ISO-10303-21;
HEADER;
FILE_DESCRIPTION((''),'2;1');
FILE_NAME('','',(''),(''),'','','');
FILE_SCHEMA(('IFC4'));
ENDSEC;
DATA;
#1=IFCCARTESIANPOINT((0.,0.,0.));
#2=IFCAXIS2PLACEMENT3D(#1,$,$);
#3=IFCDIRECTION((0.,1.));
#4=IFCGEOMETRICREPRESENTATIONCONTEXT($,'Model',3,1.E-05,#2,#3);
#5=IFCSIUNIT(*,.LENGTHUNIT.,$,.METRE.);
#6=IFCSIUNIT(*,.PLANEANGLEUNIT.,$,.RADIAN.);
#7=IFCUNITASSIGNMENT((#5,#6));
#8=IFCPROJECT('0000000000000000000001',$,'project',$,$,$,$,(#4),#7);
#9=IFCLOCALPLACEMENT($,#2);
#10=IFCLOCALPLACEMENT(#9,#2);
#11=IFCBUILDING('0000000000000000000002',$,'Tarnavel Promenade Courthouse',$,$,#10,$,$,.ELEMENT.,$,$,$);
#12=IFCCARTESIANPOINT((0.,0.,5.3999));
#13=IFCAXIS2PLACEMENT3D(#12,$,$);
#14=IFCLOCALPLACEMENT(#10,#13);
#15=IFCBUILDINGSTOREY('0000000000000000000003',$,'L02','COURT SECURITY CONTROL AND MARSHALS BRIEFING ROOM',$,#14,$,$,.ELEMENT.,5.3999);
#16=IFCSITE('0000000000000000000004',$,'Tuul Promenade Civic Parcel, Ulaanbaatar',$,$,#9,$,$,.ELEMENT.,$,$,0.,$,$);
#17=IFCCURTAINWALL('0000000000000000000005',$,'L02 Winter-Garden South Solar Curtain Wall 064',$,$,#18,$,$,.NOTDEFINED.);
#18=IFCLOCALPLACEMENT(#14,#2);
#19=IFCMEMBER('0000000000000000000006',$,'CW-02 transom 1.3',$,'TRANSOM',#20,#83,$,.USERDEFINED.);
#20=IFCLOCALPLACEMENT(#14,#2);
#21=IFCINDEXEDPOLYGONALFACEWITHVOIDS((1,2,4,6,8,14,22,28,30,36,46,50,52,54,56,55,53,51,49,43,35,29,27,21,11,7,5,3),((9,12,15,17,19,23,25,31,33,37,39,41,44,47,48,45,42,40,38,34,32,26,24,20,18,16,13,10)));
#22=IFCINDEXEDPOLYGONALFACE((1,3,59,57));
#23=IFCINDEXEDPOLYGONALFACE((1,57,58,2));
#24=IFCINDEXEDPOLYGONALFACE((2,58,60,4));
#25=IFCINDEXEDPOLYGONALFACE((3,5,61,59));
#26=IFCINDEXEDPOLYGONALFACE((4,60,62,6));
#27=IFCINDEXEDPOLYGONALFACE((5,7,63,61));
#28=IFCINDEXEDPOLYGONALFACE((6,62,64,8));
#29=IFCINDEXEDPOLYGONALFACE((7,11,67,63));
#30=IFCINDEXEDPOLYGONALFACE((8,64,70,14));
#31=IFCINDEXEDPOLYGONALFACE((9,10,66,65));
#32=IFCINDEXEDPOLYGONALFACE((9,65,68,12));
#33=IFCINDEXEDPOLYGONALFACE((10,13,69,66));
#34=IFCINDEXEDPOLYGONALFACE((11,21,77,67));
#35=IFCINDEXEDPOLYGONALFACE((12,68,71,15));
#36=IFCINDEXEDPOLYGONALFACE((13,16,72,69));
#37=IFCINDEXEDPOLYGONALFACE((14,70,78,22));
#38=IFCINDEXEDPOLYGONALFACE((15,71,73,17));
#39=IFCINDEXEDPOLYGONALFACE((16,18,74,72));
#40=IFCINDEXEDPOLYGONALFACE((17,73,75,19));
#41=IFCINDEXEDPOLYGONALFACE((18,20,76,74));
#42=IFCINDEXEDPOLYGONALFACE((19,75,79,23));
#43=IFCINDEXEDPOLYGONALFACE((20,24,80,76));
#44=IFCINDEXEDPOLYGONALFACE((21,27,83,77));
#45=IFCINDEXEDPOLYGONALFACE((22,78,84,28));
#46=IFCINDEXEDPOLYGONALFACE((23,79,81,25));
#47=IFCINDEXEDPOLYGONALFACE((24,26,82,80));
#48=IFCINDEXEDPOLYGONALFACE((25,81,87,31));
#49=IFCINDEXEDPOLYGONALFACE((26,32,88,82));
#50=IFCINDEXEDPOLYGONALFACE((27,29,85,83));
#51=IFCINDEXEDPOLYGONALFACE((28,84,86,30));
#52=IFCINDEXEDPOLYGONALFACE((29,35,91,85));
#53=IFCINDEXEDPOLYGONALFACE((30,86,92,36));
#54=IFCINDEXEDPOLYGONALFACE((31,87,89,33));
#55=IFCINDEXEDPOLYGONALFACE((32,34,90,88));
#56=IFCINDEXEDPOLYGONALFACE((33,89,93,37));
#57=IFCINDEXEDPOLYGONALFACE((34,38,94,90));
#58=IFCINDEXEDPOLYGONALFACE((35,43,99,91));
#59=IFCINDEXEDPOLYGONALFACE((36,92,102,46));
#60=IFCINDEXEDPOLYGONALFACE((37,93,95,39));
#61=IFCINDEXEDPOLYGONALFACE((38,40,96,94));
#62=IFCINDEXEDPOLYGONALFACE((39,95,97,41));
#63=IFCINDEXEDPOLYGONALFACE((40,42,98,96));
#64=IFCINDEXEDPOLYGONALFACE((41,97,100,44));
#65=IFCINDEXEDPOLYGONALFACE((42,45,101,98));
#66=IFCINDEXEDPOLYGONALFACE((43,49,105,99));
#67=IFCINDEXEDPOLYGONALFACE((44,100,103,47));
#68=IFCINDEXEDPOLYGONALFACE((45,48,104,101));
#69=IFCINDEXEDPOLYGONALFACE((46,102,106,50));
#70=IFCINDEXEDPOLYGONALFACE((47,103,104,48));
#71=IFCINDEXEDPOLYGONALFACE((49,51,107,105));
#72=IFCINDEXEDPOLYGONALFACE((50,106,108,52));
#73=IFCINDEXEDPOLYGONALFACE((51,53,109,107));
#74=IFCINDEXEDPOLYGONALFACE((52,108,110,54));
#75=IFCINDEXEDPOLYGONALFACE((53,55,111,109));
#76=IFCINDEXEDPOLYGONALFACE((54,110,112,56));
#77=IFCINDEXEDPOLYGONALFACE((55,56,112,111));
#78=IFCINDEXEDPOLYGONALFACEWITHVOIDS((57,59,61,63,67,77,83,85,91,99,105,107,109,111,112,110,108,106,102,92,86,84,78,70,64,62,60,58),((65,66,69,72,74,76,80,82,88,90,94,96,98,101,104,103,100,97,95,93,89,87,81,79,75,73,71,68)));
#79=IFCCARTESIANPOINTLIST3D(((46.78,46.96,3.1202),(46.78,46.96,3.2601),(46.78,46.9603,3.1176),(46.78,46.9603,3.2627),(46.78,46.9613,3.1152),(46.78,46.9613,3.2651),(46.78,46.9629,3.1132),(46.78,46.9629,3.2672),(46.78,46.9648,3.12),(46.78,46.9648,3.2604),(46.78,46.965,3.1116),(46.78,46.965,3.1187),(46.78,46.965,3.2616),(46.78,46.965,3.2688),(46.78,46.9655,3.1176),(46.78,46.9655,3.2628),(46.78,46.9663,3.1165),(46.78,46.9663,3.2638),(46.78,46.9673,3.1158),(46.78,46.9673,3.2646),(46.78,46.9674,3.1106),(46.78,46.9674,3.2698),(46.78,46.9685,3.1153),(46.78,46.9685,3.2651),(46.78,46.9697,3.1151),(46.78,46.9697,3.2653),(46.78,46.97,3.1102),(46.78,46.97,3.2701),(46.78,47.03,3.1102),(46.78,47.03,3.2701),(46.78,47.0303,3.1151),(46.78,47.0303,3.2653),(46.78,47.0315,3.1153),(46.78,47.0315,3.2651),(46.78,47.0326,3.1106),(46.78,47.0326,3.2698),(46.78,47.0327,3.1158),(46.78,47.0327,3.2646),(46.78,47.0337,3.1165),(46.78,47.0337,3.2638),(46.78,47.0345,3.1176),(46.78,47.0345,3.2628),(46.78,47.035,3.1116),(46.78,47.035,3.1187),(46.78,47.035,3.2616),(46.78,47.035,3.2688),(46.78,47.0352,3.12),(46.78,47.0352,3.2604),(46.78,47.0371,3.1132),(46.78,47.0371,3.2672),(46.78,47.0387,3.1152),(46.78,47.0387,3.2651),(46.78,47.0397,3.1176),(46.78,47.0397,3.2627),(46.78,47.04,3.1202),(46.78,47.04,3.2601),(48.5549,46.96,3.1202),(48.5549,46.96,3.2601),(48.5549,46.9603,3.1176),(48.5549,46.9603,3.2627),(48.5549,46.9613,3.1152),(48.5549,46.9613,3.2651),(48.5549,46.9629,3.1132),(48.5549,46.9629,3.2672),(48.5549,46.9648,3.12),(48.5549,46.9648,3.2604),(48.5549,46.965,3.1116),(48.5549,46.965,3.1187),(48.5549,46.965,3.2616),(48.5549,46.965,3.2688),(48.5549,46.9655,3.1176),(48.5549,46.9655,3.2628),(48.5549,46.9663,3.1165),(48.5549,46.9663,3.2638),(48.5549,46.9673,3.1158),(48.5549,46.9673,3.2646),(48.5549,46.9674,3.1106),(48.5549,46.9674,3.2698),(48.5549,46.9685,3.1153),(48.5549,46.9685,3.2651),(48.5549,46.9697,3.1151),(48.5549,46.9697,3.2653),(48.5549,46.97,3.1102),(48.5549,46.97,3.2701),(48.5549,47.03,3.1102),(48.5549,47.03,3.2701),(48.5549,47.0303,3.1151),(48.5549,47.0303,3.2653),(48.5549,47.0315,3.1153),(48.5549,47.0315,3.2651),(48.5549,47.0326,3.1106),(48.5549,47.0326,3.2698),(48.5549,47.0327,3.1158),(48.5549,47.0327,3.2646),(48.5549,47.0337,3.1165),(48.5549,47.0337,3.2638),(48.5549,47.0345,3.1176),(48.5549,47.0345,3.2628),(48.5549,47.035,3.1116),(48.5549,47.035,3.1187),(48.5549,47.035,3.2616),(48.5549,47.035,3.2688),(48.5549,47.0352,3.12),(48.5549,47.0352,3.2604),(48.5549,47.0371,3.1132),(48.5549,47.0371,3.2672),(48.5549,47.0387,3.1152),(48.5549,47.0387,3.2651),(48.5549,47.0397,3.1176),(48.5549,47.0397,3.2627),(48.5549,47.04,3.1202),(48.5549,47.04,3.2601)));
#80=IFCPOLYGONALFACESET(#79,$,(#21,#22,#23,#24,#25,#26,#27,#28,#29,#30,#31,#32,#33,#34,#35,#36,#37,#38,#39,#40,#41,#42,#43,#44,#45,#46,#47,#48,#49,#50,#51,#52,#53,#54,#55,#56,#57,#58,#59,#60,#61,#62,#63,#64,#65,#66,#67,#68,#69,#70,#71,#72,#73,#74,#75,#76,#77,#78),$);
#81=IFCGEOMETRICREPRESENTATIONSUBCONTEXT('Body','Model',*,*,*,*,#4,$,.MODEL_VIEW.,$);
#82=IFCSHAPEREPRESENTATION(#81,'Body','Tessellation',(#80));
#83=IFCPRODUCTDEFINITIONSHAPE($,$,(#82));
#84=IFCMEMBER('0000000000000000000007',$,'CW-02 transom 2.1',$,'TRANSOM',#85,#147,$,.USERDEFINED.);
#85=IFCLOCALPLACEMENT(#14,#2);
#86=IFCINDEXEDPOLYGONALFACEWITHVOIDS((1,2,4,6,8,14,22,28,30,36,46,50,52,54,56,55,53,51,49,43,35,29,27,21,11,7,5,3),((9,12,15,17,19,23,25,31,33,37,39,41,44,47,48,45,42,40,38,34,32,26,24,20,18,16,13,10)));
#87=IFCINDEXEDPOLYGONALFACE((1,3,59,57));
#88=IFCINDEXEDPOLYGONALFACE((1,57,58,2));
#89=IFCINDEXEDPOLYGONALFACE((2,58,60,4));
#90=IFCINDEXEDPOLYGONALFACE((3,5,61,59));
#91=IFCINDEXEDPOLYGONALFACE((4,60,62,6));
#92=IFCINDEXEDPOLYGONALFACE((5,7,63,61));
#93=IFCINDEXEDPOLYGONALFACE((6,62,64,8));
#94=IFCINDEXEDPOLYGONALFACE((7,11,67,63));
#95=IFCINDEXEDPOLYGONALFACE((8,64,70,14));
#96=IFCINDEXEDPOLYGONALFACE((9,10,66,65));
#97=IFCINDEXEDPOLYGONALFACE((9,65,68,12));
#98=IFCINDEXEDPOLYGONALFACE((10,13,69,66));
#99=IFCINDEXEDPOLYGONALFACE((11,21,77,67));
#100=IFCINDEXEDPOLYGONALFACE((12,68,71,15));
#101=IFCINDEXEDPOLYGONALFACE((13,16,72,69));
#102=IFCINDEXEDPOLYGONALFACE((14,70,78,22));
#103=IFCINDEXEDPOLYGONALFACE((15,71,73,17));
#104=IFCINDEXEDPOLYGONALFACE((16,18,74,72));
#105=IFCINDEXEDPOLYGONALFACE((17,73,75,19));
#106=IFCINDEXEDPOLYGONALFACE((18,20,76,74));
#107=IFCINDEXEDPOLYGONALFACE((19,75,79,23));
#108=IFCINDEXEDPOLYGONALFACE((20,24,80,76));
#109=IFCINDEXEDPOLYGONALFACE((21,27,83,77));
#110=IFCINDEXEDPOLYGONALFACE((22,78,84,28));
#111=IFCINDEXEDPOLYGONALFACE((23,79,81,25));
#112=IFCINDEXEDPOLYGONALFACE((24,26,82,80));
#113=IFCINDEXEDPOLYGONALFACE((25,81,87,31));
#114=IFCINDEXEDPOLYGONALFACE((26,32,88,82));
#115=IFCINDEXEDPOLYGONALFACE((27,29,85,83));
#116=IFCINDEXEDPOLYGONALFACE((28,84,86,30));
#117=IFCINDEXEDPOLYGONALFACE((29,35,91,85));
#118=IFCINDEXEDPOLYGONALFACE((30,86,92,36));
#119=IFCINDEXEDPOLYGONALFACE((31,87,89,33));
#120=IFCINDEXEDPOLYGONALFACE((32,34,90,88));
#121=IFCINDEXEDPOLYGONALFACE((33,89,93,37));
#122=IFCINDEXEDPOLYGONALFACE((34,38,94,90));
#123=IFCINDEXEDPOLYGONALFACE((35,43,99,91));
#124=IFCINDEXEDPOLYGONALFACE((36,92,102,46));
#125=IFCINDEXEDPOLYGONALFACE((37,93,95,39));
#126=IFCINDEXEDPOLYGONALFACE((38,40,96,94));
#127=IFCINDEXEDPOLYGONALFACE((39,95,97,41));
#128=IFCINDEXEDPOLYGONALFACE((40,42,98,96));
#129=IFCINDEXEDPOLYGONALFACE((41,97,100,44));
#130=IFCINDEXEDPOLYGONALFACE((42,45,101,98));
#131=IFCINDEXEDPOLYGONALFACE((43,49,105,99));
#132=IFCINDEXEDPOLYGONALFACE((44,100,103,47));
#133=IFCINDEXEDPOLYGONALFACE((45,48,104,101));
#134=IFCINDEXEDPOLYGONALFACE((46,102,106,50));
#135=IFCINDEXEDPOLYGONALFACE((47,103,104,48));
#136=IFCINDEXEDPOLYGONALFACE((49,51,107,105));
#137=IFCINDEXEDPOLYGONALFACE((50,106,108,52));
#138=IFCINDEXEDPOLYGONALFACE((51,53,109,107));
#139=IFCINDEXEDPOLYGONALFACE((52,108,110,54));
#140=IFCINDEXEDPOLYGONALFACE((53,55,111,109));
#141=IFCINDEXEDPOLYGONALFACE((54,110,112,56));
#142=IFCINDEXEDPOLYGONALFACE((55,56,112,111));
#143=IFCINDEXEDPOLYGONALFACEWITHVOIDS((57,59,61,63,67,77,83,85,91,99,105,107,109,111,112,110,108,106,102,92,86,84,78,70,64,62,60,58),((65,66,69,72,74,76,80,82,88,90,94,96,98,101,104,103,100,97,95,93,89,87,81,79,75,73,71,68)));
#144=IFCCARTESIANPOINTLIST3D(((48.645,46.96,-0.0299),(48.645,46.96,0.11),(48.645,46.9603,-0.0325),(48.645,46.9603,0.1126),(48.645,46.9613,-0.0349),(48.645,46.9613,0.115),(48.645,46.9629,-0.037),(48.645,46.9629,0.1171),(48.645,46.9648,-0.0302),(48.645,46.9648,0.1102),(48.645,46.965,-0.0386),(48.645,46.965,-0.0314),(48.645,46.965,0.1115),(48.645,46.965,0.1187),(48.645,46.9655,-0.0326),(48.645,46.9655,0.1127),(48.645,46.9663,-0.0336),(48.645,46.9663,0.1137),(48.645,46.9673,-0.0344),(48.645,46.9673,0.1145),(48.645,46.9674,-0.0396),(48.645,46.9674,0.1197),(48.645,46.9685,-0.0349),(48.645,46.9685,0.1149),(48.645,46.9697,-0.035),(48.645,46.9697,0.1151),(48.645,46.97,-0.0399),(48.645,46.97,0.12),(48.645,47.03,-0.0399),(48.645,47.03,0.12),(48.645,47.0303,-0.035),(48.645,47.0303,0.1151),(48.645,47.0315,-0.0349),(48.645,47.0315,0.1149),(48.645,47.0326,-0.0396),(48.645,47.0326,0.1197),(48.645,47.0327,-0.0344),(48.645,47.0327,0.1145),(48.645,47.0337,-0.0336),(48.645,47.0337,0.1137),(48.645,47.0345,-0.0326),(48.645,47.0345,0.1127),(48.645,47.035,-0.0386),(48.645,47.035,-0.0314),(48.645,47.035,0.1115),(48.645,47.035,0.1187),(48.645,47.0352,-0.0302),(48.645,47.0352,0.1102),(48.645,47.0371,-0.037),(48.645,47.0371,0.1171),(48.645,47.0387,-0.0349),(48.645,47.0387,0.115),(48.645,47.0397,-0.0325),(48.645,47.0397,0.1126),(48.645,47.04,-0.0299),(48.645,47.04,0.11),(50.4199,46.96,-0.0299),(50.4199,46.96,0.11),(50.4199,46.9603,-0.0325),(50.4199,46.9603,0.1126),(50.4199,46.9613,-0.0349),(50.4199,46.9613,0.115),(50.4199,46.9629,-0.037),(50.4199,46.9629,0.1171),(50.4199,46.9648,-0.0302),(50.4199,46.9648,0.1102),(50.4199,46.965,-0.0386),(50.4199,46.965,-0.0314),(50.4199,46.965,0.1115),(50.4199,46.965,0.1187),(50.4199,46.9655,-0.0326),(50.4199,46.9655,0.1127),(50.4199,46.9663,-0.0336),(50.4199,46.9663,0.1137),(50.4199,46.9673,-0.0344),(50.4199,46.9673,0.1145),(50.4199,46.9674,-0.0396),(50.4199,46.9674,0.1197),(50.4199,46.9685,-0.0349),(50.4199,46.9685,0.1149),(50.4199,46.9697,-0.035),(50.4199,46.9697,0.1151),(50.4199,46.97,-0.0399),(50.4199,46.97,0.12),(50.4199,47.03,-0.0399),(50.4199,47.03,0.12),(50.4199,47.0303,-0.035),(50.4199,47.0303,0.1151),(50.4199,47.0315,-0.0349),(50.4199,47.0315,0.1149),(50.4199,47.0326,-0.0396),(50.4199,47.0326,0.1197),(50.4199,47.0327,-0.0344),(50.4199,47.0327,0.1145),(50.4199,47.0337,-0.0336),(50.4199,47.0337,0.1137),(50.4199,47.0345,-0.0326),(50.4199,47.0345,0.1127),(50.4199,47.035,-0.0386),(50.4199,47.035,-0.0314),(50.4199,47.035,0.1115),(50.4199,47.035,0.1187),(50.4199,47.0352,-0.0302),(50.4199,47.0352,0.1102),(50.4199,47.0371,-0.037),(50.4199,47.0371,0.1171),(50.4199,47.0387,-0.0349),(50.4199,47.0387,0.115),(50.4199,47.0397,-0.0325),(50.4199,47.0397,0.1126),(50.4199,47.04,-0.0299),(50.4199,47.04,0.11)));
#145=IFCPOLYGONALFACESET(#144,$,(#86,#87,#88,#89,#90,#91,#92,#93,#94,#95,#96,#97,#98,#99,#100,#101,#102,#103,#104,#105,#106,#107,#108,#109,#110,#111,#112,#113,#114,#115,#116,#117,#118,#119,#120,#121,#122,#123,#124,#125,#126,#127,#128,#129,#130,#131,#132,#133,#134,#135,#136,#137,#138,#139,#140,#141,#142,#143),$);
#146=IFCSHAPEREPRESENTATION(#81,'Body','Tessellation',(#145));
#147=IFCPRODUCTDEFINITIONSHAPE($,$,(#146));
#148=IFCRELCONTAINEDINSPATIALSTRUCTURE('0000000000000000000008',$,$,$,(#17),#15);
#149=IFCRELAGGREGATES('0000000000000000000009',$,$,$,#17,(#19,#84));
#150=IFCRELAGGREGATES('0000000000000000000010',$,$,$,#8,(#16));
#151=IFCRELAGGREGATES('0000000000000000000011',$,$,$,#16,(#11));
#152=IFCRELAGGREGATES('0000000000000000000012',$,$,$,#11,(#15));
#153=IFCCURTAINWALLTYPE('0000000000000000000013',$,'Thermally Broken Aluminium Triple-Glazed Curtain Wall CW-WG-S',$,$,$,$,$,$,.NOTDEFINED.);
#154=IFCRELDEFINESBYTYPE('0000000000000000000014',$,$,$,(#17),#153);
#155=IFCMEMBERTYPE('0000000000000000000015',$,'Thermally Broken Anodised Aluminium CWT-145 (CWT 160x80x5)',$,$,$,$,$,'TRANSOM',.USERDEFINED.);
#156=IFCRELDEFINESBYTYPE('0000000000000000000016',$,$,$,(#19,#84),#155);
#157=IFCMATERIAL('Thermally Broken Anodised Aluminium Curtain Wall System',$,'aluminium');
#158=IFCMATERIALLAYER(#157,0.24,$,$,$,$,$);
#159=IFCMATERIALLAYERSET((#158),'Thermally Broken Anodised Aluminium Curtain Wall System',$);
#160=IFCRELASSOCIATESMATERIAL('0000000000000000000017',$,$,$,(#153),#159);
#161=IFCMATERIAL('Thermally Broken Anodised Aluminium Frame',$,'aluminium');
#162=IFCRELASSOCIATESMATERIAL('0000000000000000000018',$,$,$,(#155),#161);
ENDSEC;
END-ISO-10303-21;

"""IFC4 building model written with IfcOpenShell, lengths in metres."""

from ifc_helpers import new_model, si_unit, direction, frame, origin, origin_2d, place, context, subcontext, project, spatial, hollow_rectangle, extrude, material, layer, layer_set, material_profile, profile_set, type_object, element, aggregate, save


model = new_model("IFC4")

# Units and contexts
model_context = context("Model", 3, precision=1e-05, world=origin(), true_north=direction((0.0, 1.0)))
body_context = subcontext(model_context, "Body", "Model", "MODEL_VIEW")
ifc_project = project(units=[si_unit("LENGTHUNIT", "METRE"), si_unit("PLANEANGLEUNIT", "RADIAN")], contexts=[model_context])

# Site, building, storey
site_placement = place(None, origin())
site = spatial("IfcSite", under=ifc_project, at=site_placement, Name="Tuul Promenade Civic Parcel, Ulaanbaatar", CompositionType="ELEMENT", RefElevation=0.0)
building_placement = place(site_placement, origin())
building = spatial("IfcBuilding", under=site, at=building_placement, Name="Tarnavel Promenade Courthouse", CompositionType="ELEMENT")
storey_placement = place(building_placement, frame((0.0, 0.0, 5.3999)))
storey = spatial("IfcBuildingStorey", under=building, at=storey_placement, Name="L02", Description="COURT SECURITY CONTROL AND MARSHALS BRIEFING ROOM", CompositionType="ELEMENT", Elevation=5.3999)

# Curtain wall
ifc_material_1 = material(Name="Thermally Broken Anodised Aluminium Curtain Wall System", Category="aluminium")
ifc_layer_1 = layer(ifc_material_1, 0.24)
ifc_layer_set_1 = layer_set([ifc_layer_1], Name="Thermally Broken Anodised Aluminium Curtain Wall System")
curtain_wall_type = type_object("IfcCurtainWallType", Name="Thermally Broken Aluminium Triple-Glazed Curtain Wall CW-WG-S", PredefinedType="NOTDEFINED", material=ifc_layer_set_1)
ifc_material_2 = material(Name="Thermally Broken Anodised Aluminium Frame", Category="aluminium")
curtain_wall_1_placement = place(storey_placement, origin())
curtain_wall_1 = element("IfcCurtainWall", 1, at=curtain_wall_1_placement, inside=storey, type_object=curtain_wall_type, Name="L02 Winter-Garden South Solar Curtain Wall 064", PredefinedType="NOTDEFINED")

# Members
ifc_material_profile_1 = material_profile(ifc_material_2, hollow_rectangle(XDim=0.0801, YDim=0.1599, WallThickness=0.0049, InnerFilletRadius=0.0049, OuterFilletRadius=0.01, at=origin_2d()), Name="CWT 160x80x5")
ifc_profile_set_1 = profile_set([ifc_material_profile_1], Name="Thermally Broken Anodised Aluminium Frame")
member_type_1 = type_object("IfcMemberType", Name="Thermally Broken Anodised Aluminium CWT-145 (CWT 160x80x5)", ElementType="TRANSOM", PredefinedType="USERDEFINED", material=ifc_profile_set_1)
member_1_placement = place(storey_placement, frame((46.78, 47.0, 3.1902), z_axis=(1.0, 0.0, 0.0), x_axis=(0.0, 1.0, 0.0)))
member_1 = element("IfcMember", 2, at=member_1_placement, type_object=member_type_1, Name="CW-02 transom 1.3", ObjectType="TRANSOM", PredefinedType="USERDEFINED", context=body_context, shape_type="SweptSolid", body=[
    extrude(hollow_rectangle(XDim=0.0801, YDim=0.1599, WallThickness=0.0049, InnerFilletRadius=0.0049, OuterFilletRadius=0.01, at=origin_2d()), origin(), (0.0, 0.0, 1.0), 1.7749),
])
member_2_placement = place(storey_placement, frame((48.645, 47.0, 0.04), z_axis=(1.0, 0.0, 0.0), x_axis=(0.0, 1.0, 0.0)))
member_2 = element("IfcMember", 3, at=member_2_placement, type_object=member_type_1, Name="CW-02 transom 2.1", ObjectType="TRANSOM", PredefinedType="USERDEFINED", context=body_context, shape_type="SweptSolid", body=[
    extrude(hollow_rectangle(XDim=0.0801, YDim=0.1599, WallThickness=0.0049, InnerFilletRadius=0.0049, OuterFilletRadius=0.01, at=origin_2d()), origin(), (0.0, 0.0, 1.0), 1.7749),
])

aggregate(curtain_wall_1, [member_1, member_2])

save(model, "model.ifc")
